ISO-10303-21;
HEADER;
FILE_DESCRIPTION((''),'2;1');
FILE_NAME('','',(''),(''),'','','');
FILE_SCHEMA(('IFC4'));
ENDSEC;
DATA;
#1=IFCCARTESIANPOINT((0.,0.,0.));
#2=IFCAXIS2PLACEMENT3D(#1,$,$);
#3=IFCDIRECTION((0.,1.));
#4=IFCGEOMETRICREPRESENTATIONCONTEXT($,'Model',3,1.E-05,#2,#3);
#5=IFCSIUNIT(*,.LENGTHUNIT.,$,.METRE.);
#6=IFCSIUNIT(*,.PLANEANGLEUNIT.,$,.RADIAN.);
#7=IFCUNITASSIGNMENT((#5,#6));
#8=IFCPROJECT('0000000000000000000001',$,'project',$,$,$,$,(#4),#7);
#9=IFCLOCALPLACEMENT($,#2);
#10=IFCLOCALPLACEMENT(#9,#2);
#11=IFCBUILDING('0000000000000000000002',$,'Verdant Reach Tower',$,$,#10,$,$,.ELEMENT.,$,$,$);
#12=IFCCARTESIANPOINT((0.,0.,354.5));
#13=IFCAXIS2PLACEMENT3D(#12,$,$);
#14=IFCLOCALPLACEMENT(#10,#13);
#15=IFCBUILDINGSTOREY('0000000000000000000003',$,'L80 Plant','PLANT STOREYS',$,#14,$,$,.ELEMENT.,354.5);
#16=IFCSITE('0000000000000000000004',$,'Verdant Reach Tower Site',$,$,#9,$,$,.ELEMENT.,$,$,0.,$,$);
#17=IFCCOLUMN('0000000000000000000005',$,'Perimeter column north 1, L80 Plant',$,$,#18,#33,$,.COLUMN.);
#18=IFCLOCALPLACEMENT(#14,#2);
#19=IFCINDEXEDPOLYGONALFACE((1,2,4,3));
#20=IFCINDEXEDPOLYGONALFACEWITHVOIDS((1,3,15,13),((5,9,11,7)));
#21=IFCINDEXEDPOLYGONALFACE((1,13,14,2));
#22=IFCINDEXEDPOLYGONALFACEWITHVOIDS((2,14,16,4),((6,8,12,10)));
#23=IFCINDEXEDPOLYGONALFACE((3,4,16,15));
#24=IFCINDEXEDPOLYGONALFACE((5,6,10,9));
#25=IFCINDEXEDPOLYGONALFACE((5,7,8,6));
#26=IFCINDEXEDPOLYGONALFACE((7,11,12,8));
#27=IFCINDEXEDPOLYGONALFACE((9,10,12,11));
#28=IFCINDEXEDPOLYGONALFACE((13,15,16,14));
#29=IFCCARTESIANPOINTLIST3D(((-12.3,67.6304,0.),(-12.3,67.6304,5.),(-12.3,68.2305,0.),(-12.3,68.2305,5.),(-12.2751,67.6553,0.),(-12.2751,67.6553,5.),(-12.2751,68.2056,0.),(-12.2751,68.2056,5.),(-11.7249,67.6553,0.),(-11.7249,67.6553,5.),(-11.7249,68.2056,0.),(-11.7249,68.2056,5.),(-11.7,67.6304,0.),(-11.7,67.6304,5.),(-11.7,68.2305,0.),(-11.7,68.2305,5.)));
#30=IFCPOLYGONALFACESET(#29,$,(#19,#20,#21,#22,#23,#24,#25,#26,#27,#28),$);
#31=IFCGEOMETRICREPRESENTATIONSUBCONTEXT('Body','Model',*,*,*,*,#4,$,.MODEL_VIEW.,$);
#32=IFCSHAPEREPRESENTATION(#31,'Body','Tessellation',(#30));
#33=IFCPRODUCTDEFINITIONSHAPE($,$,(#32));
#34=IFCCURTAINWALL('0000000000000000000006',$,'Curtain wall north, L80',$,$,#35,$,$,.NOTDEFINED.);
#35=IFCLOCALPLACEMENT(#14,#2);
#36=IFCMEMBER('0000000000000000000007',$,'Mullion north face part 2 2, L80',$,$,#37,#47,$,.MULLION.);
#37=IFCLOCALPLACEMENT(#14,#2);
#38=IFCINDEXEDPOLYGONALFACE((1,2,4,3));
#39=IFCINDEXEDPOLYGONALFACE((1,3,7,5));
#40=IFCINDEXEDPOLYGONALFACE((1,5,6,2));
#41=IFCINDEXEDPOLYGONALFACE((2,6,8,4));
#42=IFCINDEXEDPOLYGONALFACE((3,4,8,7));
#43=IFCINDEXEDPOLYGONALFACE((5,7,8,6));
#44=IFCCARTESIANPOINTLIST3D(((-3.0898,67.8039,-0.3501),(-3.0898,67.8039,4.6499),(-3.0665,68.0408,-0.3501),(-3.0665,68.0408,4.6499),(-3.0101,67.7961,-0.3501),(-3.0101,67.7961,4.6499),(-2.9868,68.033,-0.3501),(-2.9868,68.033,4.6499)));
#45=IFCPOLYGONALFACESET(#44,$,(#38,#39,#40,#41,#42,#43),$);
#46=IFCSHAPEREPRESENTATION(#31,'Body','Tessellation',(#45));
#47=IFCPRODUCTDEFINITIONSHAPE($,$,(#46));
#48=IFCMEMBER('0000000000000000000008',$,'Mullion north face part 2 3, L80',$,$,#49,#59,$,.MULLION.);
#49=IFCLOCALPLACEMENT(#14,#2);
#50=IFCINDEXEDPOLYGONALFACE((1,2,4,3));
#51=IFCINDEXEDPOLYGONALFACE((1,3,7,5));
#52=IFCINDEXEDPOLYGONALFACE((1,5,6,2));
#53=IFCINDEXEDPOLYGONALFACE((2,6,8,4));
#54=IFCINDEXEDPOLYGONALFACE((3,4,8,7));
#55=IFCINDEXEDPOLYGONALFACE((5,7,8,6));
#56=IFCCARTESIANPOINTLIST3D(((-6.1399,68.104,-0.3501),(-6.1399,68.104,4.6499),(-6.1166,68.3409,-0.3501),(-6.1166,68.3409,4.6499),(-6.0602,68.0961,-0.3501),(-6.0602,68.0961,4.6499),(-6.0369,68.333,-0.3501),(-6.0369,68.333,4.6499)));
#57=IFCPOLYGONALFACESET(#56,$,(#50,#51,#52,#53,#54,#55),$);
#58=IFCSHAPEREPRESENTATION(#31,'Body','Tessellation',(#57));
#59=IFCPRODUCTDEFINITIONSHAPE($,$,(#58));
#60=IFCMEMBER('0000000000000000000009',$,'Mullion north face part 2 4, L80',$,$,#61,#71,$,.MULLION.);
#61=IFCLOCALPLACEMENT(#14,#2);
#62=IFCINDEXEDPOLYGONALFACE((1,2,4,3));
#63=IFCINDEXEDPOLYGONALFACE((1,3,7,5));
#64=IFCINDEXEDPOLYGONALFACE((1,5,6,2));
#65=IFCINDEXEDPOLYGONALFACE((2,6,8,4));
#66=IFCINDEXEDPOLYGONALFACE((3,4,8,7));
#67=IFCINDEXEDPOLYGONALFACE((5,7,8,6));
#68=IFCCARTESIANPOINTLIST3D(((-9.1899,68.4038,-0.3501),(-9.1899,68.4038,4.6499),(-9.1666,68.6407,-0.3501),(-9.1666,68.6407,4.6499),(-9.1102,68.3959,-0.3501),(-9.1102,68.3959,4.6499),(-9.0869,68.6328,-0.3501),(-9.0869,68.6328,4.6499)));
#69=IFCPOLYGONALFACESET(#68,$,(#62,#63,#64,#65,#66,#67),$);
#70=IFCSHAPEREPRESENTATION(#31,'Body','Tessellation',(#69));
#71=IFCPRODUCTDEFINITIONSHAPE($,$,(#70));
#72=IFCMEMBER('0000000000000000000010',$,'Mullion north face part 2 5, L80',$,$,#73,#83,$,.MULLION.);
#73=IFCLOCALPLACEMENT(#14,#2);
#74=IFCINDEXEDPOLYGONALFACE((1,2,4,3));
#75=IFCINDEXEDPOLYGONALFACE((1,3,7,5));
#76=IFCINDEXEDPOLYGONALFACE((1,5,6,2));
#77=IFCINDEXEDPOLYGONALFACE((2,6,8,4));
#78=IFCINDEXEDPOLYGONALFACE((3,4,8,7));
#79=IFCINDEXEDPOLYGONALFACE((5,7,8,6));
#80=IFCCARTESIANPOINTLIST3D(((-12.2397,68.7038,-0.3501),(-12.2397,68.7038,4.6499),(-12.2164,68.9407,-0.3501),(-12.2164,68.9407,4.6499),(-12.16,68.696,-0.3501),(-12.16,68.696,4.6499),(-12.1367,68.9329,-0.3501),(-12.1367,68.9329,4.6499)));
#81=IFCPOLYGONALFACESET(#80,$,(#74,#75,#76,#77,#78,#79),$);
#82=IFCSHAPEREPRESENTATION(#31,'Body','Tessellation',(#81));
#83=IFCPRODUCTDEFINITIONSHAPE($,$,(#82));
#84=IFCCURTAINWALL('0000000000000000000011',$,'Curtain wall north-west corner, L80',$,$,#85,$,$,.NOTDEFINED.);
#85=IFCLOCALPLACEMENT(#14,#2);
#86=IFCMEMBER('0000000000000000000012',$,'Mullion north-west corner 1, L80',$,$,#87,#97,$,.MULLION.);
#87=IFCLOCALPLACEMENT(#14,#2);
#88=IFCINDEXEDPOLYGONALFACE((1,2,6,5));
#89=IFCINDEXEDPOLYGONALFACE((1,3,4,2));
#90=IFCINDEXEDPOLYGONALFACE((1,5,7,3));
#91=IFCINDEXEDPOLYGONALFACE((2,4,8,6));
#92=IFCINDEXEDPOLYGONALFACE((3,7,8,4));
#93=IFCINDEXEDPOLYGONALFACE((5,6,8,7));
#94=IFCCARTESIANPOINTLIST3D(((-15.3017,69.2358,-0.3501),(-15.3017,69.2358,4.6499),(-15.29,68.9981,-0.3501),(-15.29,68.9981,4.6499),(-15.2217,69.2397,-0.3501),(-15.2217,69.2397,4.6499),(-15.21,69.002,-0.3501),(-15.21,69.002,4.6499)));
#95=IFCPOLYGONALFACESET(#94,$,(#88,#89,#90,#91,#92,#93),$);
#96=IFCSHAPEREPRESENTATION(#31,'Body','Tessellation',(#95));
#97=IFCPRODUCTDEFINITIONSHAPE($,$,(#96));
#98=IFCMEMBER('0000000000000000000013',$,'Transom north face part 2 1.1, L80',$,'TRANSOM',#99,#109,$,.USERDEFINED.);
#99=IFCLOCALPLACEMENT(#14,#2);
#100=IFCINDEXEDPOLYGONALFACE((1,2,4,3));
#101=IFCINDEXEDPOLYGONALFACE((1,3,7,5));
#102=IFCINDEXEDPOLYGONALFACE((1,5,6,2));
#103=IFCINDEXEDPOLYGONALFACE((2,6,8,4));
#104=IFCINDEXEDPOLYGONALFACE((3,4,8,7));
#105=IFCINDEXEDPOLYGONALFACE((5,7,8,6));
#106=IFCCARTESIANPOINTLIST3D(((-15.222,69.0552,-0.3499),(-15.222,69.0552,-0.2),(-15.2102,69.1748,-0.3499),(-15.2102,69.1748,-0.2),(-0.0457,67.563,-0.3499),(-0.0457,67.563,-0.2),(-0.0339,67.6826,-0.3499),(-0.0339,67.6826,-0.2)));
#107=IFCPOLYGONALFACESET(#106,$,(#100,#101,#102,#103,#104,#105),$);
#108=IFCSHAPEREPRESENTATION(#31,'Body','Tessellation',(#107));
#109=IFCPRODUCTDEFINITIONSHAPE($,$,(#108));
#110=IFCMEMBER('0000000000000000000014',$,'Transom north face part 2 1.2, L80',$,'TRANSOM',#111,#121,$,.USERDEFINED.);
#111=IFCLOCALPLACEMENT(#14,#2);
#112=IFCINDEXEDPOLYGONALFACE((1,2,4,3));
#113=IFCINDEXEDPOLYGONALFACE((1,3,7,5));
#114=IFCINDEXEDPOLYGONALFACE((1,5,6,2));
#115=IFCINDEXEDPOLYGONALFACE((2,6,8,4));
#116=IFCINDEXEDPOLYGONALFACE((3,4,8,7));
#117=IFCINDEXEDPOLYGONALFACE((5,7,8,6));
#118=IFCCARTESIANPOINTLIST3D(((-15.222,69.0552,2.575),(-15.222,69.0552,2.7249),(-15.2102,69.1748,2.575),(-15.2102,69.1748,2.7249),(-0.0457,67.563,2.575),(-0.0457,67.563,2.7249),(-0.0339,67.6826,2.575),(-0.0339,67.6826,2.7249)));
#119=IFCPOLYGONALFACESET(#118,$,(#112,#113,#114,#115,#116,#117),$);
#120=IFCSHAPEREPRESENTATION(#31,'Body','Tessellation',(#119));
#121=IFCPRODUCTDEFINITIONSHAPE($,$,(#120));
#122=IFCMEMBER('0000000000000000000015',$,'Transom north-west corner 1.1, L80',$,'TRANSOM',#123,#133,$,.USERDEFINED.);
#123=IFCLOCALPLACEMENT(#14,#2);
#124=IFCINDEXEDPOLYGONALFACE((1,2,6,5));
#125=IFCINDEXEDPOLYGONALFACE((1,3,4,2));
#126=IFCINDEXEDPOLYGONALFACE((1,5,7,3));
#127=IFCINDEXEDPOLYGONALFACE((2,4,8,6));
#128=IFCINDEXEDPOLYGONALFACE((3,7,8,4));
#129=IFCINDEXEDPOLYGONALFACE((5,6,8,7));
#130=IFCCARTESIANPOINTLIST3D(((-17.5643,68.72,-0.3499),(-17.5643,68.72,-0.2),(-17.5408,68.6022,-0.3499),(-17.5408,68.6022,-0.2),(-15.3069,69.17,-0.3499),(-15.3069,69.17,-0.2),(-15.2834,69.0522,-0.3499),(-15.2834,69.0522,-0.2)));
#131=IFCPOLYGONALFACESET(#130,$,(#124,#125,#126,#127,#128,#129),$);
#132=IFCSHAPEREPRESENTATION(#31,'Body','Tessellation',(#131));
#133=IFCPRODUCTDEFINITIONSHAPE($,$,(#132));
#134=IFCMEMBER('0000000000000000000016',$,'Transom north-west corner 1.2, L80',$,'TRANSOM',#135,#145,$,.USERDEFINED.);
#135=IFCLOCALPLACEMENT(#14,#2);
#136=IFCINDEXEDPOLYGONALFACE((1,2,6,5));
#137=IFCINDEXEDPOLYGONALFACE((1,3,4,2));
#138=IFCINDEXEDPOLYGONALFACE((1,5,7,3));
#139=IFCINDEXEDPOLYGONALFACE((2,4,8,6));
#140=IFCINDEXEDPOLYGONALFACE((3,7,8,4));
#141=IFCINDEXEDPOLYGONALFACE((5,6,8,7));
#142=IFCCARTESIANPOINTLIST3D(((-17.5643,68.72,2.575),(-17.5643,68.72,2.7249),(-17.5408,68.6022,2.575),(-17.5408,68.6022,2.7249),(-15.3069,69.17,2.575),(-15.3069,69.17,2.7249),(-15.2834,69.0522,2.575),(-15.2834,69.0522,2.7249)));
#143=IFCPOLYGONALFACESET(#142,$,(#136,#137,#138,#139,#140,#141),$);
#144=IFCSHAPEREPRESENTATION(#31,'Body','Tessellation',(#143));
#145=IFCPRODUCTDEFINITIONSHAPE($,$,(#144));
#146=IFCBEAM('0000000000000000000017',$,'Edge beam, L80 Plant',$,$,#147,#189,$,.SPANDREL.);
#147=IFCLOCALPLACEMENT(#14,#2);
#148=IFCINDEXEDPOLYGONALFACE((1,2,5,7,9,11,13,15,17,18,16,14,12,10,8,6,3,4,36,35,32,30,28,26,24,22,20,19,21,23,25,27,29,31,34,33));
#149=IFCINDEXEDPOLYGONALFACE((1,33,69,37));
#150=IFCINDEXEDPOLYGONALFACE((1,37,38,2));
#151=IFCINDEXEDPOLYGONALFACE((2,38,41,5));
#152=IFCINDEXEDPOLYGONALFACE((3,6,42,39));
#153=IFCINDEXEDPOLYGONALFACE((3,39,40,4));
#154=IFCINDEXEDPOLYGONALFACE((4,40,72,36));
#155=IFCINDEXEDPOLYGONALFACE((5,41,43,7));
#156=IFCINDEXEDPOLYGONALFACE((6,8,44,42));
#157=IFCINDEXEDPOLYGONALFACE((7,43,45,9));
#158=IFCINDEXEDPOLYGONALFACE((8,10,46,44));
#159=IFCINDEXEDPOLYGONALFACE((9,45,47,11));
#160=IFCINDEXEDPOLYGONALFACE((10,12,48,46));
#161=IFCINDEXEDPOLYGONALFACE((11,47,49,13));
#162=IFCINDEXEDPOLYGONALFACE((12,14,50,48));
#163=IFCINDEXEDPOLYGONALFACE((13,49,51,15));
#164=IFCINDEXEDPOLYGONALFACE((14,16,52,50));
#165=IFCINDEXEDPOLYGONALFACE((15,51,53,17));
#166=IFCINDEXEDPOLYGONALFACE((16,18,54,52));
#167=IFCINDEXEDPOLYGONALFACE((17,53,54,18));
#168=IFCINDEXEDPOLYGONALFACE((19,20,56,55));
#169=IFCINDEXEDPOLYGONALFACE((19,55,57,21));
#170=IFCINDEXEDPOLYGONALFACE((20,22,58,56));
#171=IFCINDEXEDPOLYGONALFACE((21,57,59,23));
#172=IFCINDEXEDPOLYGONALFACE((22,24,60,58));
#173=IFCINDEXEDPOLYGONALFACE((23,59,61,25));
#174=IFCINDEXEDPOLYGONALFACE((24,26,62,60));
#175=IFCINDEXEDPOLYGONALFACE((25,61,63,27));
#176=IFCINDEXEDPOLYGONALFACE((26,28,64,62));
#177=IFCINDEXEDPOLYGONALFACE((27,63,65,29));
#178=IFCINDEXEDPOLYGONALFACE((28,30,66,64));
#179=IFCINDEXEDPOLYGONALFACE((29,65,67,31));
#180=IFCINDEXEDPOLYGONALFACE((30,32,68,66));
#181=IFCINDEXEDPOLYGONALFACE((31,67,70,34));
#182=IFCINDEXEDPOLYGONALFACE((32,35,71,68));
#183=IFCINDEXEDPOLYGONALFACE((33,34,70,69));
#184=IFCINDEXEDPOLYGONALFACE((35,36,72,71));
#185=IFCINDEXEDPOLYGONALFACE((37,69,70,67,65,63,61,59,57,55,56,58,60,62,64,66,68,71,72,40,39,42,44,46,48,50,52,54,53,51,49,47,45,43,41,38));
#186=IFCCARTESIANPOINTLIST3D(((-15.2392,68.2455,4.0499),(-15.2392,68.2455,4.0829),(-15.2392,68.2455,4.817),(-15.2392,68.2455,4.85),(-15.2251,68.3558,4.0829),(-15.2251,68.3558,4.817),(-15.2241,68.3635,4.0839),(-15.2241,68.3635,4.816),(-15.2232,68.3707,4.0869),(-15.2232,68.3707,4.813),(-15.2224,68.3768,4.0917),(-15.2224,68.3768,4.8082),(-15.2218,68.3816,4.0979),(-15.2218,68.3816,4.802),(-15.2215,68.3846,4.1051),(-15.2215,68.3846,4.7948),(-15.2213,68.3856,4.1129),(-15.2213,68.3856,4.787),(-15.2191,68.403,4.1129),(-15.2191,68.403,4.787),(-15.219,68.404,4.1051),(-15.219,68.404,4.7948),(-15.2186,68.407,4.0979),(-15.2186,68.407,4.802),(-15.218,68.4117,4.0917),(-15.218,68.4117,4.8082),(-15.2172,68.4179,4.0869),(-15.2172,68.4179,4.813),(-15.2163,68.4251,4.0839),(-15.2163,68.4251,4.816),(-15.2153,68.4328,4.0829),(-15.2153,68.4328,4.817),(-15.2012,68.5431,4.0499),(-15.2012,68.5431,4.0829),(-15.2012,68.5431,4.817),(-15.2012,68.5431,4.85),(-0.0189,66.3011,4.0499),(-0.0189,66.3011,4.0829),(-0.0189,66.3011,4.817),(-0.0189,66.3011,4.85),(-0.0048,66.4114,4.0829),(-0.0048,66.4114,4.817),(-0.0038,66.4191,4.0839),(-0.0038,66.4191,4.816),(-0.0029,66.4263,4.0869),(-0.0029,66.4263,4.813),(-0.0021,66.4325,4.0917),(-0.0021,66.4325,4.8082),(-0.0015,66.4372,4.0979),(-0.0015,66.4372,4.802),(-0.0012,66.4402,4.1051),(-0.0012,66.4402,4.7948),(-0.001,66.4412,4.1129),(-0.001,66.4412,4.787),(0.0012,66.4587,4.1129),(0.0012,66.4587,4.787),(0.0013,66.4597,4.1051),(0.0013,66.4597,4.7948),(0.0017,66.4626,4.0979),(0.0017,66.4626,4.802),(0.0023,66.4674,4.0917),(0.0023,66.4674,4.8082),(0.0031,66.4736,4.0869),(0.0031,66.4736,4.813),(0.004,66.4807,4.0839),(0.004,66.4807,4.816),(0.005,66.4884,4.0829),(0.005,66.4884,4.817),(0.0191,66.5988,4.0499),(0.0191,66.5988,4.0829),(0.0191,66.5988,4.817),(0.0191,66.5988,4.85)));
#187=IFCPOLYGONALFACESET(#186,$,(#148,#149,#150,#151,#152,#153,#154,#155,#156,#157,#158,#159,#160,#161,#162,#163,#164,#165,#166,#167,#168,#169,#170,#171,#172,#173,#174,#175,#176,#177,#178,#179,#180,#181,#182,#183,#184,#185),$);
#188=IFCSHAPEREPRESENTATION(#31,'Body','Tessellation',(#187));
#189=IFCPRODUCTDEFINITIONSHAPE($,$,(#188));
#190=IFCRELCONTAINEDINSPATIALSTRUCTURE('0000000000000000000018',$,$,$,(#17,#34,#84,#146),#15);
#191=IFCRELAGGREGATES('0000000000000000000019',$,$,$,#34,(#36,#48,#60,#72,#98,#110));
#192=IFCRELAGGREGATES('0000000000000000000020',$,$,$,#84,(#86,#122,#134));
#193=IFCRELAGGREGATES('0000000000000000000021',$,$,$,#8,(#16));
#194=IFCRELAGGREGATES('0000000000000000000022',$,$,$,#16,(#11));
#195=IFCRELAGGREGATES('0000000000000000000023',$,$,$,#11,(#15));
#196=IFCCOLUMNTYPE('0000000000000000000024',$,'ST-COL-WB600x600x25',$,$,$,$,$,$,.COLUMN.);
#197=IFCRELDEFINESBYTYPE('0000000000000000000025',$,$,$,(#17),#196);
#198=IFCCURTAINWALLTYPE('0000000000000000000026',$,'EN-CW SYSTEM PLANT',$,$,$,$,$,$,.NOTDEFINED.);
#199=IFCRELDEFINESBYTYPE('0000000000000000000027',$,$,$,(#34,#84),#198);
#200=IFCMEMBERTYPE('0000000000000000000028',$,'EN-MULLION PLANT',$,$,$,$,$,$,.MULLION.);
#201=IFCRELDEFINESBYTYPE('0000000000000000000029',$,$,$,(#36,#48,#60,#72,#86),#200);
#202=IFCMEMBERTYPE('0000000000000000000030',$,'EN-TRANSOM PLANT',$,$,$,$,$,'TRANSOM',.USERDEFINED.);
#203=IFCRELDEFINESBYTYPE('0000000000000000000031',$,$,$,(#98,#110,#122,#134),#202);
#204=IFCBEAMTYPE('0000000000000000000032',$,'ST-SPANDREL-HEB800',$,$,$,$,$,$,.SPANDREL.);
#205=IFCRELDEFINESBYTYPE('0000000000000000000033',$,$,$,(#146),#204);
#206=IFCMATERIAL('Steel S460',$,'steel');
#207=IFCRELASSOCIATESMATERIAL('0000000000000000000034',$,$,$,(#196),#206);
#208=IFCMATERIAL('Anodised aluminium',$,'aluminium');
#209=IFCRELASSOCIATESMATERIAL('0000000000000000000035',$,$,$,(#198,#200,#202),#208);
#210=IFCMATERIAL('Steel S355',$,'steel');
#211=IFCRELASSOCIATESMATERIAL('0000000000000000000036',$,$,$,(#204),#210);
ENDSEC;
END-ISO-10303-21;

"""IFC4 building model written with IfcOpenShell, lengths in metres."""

from ifc_helpers import new_model, si_unit, direction, frame, origin, origin_2d, place, context, subcontext, project, spatial, rectangle, hollow_rectangle, i_section, extrude, material, material_profile, profile_set, type_object, element, aggregate, save


model = new_model("IFC4")

# Units and contexts
model_context = context("Model", 3, precision=1e-05, world=origin(), true_north=direction((0.0, 1.0)))
body_context = subcontext(model_context, "Body", "Model", "MODEL_VIEW")
ifc_project = project(units=[si_unit("LENGTHUNIT", "METRE"), si_unit("PLANEANGLEUNIT", "RADIAN")], contexts=[model_context])

# Site, building, storey
site_placement = place(None, origin())
site = spatial("IfcSite", under=ifc_project, at=site_placement, Name="Verdant Reach Tower Site", CompositionType="ELEMENT", RefElevation=0.0)
building_placement = place(site_placement, origin())
building = spatial("IfcBuilding", under=site, at=building_placement, Name="Verdant Reach Tower", CompositionType="ELEMENT")
storey_placement = place(building_placement, frame((0.0, 0.0, 354.5)))
storey = spatial("IfcBuildingStorey", under=building, at=storey_placement, Name="L80 Plant", Description="PLANT STOREYS", CompositionType="ELEMENT", Elevation=354.5)

# Column
ifc_material_1 = material(Name="Steel S460", Category="steel")
ifc_material_profile_1 = material_profile(ifc_material_1, hollow_rectangle(XDim=0.6001, YDim=0.6001, WallThickness=0.0249, at=origin_2d()), Name="WB 600x600x25")
ifc_profile_set_1 = profile_set([ifc_material_profile_1], Name="Steel S460")
column_type = type_object("IfcColumnType", Name="ST-COL-WB600x600x25", PredefinedType="COLUMN", material=ifc_profile_set_1)
column_placement = place(storey_placement, frame((-12.0, 67.9304, 0.0), z_axis=(0.0, 0.0, 1.0), x_axis=(1.0, 0.0, 0.0)))
element("IfcColumn", 1, at=column_placement, inside=storey, type_object=column_type, Name="Perimeter column north 1, L80 Plant", PredefinedType="COLUMN", context=body_context, shape_type="SweptSolid", body=[
    extrude(hollow_rectangle(XDim=0.6001, YDim=0.6001, WallThickness=0.0249, at=origin_2d()), origin(), (0.0, 0.0, 1.0), 5.0),
])

# Curtain wall, members
ifc_material_2 = material(Name="Anodised aluminium", Category="aluminium")
curtain_wall_type = type_object("IfcCurtainWallType", Name="EN-CW SYSTEM PLANT", PredefinedType="NOTDEFINED", material=ifc_material_2)
curtain_wall_1_placement = place(storey_placement, origin())
curtain_wall_1 = element("IfcCurtainWall", 2, at=curtain_wall_1_placement, inside=storey, type_object=curtain_wall_type, Name="Curtain wall north, L80", PredefinedType="NOTDEFINED")
ifc_material_profile_2 = material_profile(ifc_material_2, rectangle(XDim=0.238, YDim=0.0801, at=origin_2d()), Name="Mullion 80x240")
ifc_profile_set_2 = profile_set([ifc_material_profile_2], Name="Anodised aluminium")
member_type_1 = type_object("IfcMemberType", Name="EN-MULLION PLANT", PredefinedType="MULLION", material=ifc_profile_set_2)
member_1_placement = place(storey_placement, frame((-3.0383, 67.9185, -0.3501), z_axis=(0.0, 0.0, 1.0), x_axis=(0.097888, 0.995197, 0.0)))
member_1 = element("IfcMember", 3, at=member_1_placement, type_object=member_type_1, Name="Mullion north face part 2 2, L80", PredefinedType="MULLION", context=body_context, shape_type="SweptSolid", body=[
    extrude(rectangle(XDim=0.238, YDim=0.0801, at=origin_2d()), origin(), (0.0, 0.0, 1.0), 5.0),
])
member_2_placement = place(storey_placement, frame((-6.0884, 68.2185, -0.3501), z_axis=(0.0, 0.0, 1.0), x_axis=(0.097888, 0.995197, 0.0)))
member_2 = element("IfcMember", 4, at=member_2_placement, type_object=member_type_1, Name="Mullion north face part 2 3, L80", PredefinedType="MULLION", context=body_context, shape_type="SweptSolid", body=[
    extrude(rectangle(XDim=0.238, YDim=0.0801, at=origin_2d()), origin(), (0.0, 0.0, 1.0), 5.0),
])
member_3_placement = place(storey_placement, frame((-9.1384, 68.5183, -0.3501), z_axis=(0.0, 0.0, 1.0), x_axis=(0.097888, 0.995197, 0.0)))
member_3 = element("IfcMember", 5, at=member_3_placement, type_object=member_type_1, Name="Mullion north face part 2 4, L80", PredefinedType="MULLION", context=body_context, shape_type="SweptSolid", body=[
    extrude(rectangle(XDim=0.238, YDim=0.0801, at=origin_2d()), origin(), (0.0, 0.0, 1.0), 5.0),
])
member_4_placement = place(storey_placement, frame((-12.1882, 68.8184, -0.3501), z_axis=(0.0, 0.0, 1.0), x_axis=(0.097888, 0.995197, 0.0)))
member_4 = element("IfcMember", 6, at=member_4_placement, type_object=member_type_1, Name="Mullion north face part 2 5, L80", PredefinedType="MULLION", context=body_context, shape_type="SweptSolid", body=[
    extrude(rectangle(XDim=0.238, YDim=0.0801, at=origin_2d()), origin(), (0.0, 0.0, 1.0), 5.0),
])

# Curtain wall, member
curtain_wall_2_placement = place(storey_placement, origin())
curtain_wall_2 = element("IfcCurtainWall", 7, at=curtain_wall_2_placement, inside=storey, type_object=curtain_wall_type, Name="Curtain wall north-west corner, L80", PredefinedType="NOTDEFINED")
member_5_placement = place(storey_placement, frame((-15.2559, 69.1189, -0.3501), z_axis=(0.0, 0.0, 1.0), x_axis=(-0.049128, 0.998793, 0.0)))
member_5 = element("IfcMember", 8, at=member_5_placement, type_object=member_type_1, Name="Mullion north-west corner 1, L80", PredefinedType="MULLION", context=body_context, shape_type="SweptSolid", body=[
    extrude(rectangle(XDim=0.238, YDim=0.0801, at=origin_2d()), origin(), (0.0, 0.0, 1.0), 5.0),
])

# Members
ifc_material_profile_3 = material_profile(ifc_material_2, rectangle(XDim=0.1201, YDim=0.1499, at=origin_2d()), Name="Transom 150x120")
ifc_profile_set_3 = profile_set([ifc_material_profile_3], Name="Anodised aluminium")
member_type_2 = type_object("IfcMemberType", Name="EN-TRANSOM PLANT", ElementType="TRANSOM", PredefinedType="USERDEFINED", material=ifc_profile_set_3)
member_6_placement = place(storey_placement, frame((-0.0398, 67.6228, -0.2749), z_axis=(-0.995201, 0.097852, 0.0), x_axis=(-0.097852, -0.995201, 0.0)))
member_6 = element("IfcMember", 9, at=member_6_placement, type_object=member_type_2, Name="Transom north face part 2 1.1, L80", ObjectType="TRANSOM", PredefinedType="USERDEFINED", context=body_context, shape_type="SweptSolid", body=[
    extrude(rectangle(XDim=0.1201, YDim=0.1499, at=origin_2d()), origin(), (0.0, 0.0, 1.0), 15.2495),
])
member_7_placement = place(storey_placement, frame((-0.0398, 67.6228, 2.6499), z_axis=(-0.995201, 0.097852, 0.0), x_axis=(-0.097852, -0.995201, 0.0)))
member_7 = element("IfcMember", 10, at=member_7_placement, type_object=member_type_2, Name="Transom north face part 2 1.2, L80", ObjectType="TRANSOM", PredefinedType="USERDEFINED", context=body_context, shape_type="SweptSolid", body=[
    extrude(rectangle(XDim=0.1201, YDim=0.1499, at=origin_2d()), origin(), (0.0, 0.0, 1.0), 15.2495),
])
member_8_placement = place(storey_placement, frame((-15.2952, 69.1111, -0.2749), z_axis=(-0.980707, -0.195484, 0.0), x_axis=(0.195484, -0.980707, 0.0)))
member_8 = element("IfcMember", 11, at=member_8_placement, type_object=member_type_2, Name="Transom north-west corner 1.1, L80", ObjectType="TRANSOM", PredefinedType="USERDEFINED", context=body_context, shape_type="SweptSolid", body=[
    extrude(rectangle(XDim=0.1201, YDim=0.1499, at=origin_2d()), origin(), (0.0, 0.0, 1.0), 2.3018),
])
member_9_placement = place(storey_placement, frame((-15.2952, 69.1111, 2.6499), z_axis=(-0.980707, -0.195484, 0.0), x_axis=(0.195484, -0.980707, 0.0)))
member_9 = element("IfcMember", 12, at=member_9_placement, type_object=member_type_2, Name="Transom north-west corner 1.2, L80", ObjectType="TRANSOM", PredefinedType="USERDEFINED", context=body_context, shape_type="SweptSolid", body=[
    extrude(rectangle(XDim=0.1201, YDim=0.1499, at=origin_2d()), origin(), (0.0, 0.0, 1.0), 2.3018),
])

# Beam
ifc_material_3 = material(Name="Steel S355", Category="steel")
ifc_material_profile_4 = material_profile(ifc_material_3, i_section(OverallWidth=0.3, OverallDepth=0.8, WebThickness=0.0176, FlangeThickness=0.033, FilletRadius=0.03, at=origin_2d()), Name="HEB 800")
ifc_profile_set_4 = profile_set([ifc_material_profile_4], Name="Steel S355")
beam_type = type_object("IfcBeamType", Name="ST-SPANDREL-HEB800", PredefinedType="SPANDREL", material=ifc_profile_set_4)
beam_placement = place(storey_placement, frame((-15.2202, 68.3943, 4.45), z_axis=(0.991939, -0.126717, 0.0), x_axis=(0.126717, 0.991939, 0.0)))
element("IfcBeam", 13, at=beam_placement, inside=storey, type_object=beam_type, Name="Edge beam, L80 Plant", PredefinedType="SPANDREL", context=body_context, shape_type="SweptSolid", body=[
    extrude(i_section(OverallWidth=0.3, OverallDepth=0.8, WebThickness=0.0176, FlangeThickness=0.033, FilletRadius=0.03, at=origin_2d()), origin(), (0.0, 0.0, 1.0), 15.344),
])

aggregate(curtain_wall_1, [member_1, member_2, member_3, member_4, member_6, member_7])
aggregate(curtain_wall_2, [member_5, member_8, member_9])

save(model, "model.ifc")
